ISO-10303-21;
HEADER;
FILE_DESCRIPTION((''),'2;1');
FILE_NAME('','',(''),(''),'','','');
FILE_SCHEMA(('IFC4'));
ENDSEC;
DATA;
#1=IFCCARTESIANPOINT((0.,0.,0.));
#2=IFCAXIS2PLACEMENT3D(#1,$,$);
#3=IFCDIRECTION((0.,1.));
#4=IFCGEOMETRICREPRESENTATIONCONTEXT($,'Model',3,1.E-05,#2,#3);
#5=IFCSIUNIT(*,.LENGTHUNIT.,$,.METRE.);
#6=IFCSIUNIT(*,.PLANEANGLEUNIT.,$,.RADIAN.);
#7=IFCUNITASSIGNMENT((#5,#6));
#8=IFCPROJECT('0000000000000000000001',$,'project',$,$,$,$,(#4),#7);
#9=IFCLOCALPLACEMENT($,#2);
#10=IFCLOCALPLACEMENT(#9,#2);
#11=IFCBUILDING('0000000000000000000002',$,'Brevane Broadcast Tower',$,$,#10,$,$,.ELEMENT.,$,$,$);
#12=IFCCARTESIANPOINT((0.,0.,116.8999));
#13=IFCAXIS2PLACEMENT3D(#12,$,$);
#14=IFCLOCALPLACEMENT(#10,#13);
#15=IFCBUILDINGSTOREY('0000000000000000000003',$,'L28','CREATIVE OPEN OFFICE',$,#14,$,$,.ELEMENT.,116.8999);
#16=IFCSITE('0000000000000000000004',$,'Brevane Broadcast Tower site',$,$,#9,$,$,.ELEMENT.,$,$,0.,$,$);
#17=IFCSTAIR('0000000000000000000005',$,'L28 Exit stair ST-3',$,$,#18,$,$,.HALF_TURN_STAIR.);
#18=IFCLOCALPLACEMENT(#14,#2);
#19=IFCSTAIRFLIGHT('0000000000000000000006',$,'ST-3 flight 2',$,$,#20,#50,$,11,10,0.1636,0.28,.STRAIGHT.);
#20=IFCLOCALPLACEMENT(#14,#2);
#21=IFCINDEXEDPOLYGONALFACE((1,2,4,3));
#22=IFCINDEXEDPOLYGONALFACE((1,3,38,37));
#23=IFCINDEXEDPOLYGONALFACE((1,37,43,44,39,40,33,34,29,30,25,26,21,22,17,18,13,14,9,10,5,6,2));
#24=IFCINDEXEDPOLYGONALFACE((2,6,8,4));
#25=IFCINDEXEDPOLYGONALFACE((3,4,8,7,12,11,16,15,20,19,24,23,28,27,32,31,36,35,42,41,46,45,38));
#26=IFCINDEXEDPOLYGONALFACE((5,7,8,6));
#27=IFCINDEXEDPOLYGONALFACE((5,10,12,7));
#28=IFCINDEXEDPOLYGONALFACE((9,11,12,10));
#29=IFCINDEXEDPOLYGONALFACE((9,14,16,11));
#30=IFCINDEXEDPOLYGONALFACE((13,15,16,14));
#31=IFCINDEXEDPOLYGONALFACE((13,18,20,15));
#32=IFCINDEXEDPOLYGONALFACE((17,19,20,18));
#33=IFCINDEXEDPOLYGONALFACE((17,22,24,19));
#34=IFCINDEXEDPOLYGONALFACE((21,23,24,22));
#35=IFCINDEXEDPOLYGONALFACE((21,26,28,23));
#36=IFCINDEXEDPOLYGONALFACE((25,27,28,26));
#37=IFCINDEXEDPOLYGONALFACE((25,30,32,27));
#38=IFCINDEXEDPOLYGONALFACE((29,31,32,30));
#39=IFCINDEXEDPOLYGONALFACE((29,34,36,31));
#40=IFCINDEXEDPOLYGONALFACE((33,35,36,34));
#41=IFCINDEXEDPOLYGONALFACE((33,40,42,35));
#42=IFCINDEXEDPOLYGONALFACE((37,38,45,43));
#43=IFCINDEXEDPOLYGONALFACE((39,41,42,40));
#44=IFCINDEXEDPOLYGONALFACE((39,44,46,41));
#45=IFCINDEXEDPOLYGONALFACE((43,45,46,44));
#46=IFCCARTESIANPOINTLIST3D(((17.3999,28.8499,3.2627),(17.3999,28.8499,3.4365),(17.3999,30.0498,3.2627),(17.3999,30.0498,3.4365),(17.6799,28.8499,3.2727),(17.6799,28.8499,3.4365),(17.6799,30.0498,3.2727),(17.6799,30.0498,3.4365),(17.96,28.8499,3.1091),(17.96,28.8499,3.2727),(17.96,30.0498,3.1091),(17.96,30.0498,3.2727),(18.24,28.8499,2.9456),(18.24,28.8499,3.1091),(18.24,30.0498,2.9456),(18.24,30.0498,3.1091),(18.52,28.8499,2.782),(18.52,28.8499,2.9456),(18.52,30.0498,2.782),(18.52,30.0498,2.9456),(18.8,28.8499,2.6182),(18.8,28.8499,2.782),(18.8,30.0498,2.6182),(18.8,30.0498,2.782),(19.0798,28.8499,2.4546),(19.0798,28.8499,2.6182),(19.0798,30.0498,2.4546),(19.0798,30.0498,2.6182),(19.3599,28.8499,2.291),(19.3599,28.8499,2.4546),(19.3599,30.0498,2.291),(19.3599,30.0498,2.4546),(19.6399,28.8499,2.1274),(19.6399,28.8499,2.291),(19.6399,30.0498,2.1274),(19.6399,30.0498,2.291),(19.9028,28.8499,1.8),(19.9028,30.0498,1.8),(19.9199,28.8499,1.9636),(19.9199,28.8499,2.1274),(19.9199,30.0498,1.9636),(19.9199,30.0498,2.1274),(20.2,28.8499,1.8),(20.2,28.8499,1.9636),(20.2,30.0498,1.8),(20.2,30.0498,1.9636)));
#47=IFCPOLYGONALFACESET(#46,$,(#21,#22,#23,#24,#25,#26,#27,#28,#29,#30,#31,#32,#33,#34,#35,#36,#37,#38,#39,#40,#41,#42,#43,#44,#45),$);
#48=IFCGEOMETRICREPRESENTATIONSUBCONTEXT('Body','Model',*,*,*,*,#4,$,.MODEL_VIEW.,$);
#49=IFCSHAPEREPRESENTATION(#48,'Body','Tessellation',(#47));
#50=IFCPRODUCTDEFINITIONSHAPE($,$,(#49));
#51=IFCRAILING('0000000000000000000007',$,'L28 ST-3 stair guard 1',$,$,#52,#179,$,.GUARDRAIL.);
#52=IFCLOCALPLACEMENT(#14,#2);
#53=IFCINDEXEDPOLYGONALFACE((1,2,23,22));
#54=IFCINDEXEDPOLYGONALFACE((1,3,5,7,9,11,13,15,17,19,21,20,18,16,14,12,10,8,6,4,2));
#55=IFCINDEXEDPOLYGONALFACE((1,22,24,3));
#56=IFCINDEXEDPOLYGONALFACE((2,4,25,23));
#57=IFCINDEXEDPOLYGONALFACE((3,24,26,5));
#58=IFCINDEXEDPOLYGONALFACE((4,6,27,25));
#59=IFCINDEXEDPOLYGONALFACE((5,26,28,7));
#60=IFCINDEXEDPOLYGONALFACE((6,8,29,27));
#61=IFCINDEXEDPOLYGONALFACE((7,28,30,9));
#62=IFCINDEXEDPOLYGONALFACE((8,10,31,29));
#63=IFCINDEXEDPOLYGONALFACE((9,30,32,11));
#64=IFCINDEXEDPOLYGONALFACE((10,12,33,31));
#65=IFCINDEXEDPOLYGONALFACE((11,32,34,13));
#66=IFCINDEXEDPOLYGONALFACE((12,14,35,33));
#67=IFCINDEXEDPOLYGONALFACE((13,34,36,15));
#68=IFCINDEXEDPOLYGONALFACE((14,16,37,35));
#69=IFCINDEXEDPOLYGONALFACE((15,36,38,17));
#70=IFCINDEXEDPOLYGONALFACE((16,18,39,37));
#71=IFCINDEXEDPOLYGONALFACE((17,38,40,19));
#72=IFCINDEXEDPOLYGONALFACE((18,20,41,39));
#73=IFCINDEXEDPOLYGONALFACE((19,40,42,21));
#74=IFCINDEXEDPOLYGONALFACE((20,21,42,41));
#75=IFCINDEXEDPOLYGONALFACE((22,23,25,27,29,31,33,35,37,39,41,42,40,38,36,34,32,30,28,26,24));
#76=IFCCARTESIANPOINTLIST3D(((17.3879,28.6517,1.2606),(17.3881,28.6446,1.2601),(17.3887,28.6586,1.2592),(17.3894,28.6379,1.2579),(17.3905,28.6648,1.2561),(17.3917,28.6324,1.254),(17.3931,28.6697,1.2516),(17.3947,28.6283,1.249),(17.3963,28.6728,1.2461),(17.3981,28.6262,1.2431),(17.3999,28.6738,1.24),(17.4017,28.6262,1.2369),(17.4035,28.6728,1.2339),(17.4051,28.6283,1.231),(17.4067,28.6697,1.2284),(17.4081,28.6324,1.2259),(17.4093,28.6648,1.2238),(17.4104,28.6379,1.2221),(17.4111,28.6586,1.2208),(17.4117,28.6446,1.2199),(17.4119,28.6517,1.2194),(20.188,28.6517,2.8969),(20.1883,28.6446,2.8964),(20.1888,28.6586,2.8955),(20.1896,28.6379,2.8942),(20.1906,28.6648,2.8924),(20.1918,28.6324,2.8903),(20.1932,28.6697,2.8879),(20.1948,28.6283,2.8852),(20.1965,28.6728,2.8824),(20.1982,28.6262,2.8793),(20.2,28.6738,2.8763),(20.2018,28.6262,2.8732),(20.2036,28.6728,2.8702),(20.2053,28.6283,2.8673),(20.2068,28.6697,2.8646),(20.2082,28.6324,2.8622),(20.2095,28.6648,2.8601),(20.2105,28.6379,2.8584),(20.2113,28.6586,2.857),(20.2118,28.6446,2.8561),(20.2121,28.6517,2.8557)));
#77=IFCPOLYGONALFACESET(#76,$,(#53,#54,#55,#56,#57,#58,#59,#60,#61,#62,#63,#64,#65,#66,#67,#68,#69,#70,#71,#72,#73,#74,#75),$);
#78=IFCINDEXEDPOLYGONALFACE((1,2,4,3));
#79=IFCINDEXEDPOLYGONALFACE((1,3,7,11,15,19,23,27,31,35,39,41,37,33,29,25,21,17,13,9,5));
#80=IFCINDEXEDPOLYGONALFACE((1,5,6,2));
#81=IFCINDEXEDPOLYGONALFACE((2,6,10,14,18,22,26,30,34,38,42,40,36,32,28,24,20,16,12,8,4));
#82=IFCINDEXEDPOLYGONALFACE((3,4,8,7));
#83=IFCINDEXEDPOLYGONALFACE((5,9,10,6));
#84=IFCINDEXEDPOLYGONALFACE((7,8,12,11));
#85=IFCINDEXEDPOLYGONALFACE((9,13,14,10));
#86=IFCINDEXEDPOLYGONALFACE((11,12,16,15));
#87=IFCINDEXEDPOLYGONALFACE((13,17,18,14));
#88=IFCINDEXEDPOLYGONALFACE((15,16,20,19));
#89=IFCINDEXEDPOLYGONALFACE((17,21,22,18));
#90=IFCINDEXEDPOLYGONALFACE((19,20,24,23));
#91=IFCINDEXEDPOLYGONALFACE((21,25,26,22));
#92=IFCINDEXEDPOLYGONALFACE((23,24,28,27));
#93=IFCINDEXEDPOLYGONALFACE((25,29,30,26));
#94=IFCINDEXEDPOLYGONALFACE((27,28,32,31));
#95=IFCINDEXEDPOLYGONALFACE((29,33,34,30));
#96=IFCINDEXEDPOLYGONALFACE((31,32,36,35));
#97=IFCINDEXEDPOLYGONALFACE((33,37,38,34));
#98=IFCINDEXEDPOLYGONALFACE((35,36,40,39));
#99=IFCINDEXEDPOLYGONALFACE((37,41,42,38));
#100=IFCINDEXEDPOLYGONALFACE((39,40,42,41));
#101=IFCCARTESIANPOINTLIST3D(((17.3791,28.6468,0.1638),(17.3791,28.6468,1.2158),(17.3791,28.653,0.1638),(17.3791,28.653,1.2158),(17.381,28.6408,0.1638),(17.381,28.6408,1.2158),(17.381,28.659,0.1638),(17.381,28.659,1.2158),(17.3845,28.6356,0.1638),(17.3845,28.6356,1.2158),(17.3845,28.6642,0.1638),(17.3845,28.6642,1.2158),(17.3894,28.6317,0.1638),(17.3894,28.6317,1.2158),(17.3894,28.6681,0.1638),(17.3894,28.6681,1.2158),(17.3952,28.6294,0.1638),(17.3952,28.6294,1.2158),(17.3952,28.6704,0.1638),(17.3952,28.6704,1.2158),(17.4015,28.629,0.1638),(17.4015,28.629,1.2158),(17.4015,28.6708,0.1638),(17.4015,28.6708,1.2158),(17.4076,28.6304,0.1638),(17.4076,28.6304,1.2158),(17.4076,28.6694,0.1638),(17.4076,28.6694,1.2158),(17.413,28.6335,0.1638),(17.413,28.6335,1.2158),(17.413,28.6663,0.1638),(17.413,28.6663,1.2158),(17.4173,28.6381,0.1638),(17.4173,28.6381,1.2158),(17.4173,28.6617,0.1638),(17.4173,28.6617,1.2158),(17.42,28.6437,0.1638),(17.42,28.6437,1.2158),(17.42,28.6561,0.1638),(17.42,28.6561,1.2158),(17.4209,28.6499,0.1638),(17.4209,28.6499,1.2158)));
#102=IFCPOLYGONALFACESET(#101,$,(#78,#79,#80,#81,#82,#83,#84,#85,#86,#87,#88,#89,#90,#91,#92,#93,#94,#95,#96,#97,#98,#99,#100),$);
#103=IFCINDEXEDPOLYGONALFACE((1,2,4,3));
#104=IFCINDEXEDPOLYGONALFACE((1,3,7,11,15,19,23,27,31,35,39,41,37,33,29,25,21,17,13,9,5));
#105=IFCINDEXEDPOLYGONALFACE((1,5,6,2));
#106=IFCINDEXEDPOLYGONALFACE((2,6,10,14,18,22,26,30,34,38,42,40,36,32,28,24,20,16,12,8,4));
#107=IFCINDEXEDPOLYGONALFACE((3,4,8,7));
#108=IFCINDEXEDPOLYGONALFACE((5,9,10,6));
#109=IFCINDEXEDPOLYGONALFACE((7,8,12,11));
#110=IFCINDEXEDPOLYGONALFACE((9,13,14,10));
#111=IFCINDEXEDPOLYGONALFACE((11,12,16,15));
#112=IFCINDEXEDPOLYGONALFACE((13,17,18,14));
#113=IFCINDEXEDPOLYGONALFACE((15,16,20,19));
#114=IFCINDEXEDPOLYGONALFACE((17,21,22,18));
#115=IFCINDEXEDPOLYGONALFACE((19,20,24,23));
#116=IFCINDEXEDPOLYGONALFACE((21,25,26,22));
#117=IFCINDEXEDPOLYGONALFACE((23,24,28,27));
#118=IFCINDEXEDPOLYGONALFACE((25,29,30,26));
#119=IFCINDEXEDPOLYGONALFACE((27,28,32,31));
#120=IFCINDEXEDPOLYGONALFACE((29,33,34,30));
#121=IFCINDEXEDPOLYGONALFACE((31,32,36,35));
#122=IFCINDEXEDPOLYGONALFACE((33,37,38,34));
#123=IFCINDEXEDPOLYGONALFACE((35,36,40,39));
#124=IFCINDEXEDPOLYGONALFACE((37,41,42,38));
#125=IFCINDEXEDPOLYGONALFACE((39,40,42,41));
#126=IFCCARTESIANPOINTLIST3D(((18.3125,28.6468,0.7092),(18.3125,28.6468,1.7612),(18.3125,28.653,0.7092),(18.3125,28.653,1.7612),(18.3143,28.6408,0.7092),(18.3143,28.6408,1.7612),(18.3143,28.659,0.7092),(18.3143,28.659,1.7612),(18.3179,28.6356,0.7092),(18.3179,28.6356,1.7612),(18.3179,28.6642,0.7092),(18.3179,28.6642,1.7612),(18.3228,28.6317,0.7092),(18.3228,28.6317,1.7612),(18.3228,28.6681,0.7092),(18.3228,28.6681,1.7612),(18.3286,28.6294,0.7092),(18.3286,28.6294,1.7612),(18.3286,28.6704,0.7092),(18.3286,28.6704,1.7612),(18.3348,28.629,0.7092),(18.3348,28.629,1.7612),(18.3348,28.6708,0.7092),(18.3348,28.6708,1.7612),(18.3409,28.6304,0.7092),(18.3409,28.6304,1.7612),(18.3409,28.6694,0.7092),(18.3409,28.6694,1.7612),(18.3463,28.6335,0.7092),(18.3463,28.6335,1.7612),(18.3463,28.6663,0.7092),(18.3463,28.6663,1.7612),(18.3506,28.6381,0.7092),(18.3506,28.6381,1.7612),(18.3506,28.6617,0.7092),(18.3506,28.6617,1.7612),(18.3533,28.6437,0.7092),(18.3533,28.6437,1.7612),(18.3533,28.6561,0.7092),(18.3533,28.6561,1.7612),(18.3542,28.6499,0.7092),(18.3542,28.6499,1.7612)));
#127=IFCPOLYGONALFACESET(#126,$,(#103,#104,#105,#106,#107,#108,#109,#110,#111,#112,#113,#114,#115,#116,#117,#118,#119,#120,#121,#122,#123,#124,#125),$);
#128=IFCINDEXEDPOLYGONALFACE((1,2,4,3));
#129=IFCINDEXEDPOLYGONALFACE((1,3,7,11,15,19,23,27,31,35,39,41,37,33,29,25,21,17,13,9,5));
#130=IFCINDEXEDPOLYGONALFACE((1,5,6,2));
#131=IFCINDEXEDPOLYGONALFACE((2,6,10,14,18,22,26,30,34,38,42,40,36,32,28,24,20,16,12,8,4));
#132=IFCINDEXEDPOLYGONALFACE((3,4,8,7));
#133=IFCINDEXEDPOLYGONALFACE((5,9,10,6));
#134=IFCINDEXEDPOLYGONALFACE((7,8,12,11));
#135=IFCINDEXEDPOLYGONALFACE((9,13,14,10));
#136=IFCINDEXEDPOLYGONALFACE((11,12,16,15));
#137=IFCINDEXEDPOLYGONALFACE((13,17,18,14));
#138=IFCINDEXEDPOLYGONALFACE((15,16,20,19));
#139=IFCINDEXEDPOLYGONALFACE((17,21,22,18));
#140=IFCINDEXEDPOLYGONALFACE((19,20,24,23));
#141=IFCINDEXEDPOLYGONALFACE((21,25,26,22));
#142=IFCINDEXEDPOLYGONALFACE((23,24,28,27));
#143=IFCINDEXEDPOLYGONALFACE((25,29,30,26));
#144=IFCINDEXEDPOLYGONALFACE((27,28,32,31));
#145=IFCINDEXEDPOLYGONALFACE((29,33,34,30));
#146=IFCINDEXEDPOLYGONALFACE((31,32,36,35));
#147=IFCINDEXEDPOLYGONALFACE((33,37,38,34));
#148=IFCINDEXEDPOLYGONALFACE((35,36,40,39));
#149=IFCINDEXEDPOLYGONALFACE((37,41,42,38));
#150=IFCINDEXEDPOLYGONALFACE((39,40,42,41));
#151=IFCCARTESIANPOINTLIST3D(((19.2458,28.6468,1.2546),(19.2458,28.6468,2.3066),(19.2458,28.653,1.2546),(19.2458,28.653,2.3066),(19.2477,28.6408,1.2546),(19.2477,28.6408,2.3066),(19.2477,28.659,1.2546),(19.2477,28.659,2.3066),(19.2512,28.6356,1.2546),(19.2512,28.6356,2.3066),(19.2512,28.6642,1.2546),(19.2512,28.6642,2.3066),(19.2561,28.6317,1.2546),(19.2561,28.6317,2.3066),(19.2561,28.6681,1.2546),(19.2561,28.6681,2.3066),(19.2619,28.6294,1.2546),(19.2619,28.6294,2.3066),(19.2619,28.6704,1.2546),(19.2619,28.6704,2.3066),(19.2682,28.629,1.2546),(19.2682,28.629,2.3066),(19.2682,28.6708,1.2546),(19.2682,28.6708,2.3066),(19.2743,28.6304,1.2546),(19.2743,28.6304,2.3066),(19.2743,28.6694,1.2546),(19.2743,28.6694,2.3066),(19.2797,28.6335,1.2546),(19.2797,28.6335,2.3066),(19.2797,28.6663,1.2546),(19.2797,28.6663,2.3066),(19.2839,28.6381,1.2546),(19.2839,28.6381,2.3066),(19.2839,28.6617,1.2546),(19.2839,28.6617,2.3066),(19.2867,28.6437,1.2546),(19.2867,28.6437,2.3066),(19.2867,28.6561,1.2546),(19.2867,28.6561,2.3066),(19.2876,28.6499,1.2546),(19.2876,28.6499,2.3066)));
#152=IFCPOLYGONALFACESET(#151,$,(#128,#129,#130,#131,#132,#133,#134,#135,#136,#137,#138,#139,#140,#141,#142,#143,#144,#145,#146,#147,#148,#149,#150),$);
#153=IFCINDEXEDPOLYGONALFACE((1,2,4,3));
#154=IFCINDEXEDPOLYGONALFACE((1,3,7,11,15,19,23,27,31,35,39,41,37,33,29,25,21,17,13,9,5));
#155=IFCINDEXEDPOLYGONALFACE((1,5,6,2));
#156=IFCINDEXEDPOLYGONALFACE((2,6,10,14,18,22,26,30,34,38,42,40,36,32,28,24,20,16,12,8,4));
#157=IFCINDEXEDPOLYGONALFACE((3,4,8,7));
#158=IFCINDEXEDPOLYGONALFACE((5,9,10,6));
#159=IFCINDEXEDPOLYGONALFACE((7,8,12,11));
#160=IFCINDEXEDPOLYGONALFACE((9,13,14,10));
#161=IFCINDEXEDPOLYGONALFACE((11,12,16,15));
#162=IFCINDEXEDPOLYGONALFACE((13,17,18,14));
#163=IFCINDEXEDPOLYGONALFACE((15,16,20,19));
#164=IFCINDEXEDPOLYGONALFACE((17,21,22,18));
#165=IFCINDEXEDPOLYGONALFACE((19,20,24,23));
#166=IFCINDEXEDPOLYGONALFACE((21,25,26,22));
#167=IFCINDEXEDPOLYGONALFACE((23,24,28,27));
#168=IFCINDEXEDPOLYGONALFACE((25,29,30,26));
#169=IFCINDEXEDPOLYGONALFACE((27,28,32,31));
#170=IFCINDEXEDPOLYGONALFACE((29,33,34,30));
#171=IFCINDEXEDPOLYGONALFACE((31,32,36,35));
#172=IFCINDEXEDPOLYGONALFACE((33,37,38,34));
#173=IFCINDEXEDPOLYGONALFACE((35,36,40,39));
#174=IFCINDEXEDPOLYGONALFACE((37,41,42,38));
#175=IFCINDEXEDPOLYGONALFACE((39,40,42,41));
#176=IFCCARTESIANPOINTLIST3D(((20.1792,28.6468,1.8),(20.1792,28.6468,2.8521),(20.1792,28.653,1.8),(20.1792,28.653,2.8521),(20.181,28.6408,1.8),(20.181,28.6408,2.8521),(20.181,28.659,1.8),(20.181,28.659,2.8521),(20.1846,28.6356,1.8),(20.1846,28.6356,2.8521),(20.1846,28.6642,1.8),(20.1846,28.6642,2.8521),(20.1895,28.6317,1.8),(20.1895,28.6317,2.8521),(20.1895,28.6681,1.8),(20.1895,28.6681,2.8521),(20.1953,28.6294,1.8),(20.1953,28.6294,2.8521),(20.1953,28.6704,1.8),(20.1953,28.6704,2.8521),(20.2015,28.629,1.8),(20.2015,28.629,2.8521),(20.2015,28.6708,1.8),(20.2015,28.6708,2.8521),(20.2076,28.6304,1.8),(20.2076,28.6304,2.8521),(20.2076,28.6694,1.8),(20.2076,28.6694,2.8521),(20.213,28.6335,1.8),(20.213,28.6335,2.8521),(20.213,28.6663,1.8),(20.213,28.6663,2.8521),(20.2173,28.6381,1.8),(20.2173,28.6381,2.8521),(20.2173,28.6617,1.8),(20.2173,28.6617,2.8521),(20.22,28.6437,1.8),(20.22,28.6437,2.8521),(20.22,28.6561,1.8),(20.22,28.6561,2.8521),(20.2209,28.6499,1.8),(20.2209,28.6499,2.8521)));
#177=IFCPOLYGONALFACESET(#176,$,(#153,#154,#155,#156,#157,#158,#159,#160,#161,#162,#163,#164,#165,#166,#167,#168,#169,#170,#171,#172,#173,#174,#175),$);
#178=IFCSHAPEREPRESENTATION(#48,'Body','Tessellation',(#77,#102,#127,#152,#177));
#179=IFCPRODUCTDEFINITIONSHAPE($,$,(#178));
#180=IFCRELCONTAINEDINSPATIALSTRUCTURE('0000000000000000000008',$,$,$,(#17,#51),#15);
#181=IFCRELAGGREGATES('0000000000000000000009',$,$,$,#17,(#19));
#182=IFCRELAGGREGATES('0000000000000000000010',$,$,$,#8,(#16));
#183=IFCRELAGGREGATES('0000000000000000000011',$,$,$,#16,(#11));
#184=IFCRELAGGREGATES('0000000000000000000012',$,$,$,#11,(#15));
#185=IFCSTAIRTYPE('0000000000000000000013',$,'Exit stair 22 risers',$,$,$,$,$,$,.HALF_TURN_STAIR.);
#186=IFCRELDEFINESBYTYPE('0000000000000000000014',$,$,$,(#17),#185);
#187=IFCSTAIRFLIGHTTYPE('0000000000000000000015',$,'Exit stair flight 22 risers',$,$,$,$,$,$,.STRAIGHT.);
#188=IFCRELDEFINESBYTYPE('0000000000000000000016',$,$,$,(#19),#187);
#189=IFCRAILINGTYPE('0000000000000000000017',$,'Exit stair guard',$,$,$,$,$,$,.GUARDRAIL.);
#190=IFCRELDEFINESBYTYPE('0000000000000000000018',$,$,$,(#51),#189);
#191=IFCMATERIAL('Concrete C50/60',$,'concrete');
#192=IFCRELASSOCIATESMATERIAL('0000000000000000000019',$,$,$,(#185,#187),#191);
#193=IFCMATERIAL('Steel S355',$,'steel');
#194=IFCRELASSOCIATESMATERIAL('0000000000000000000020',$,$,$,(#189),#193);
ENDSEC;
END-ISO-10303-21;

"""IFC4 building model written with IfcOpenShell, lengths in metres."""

from ifc_helpers import new_model, si_unit, direction, frame, origin, origin_2d, place, context, subcontext, project, spatial, polyline, circle, outline, extrude, material, type_object, element, aggregate, save


model = new_model("IFC4")

# Units and contexts
model_context = context("Model", 3, precision=1e-05, world=origin(), true_north=direction((0.0, 1.0)))
body_context = subcontext(model_context, "Body", "Model", "MODEL_VIEW")
ifc_project = project(units=[si_unit("LENGTHUNIT", "METRE"), si_unit("PLANEANGLEUNIT", "RADIAN")], contexts=[model_context])

# Site, building, storey
site_placement = place(None, origin())
site = spatial("IfcSite", under=ifc_project, at=site_placement, Name="Brevane Broadcast Tower site", CompositionType="ELEMENT", RefElevation=0.0)
building_placement = place(site_placement, origin())
building = spatial("IfcBuilding", under=site, at=building_placement, Name="Brevane Broadcast Tower", CompositionType="ELEMENT")
storey_placement = place(building_placement, frame((0.0, 0.0, 116.8999)))
storey = spatial("IfcBuildingStorey", under=building, at=storey_placement, Name="L28", Description="CREATIVE OPEN OFFICE", CompositionType="ELEMENT", Elevation=116.8999)

# Stair, stair flight
ifc_material_1 = material(Name="Concrete C50/60", Category="concrete")
stair_type = type_object("IfcStairType", Name="Exit stair 22 risers", PredefinedType="HALF_TURN_STAIR", material=ifc_material_1)
stair_placement = place(storey_placement, origin())
stair = element("IfcStair", 1, at=stair_placement, inside=storey, type_object=stair_type, Name="L28 Exit stair ST-3", PredefinedType="HALF_TURN_STAIR")
stair_flight_type = type_object("IfcStairFlightType", Name="Exit stair flight 22 risers", PredefinedType="STRAIGHT", material=ifc_material_1)
stair_flight_1_placement = place(storey_placement, frame((20.2, 29.45, 1.8), z_axis=(0.0, 0.0, 1.0), x_axis=(-1.0, 0.0, 0.0)))
stair_flight_1 = element("IfcStairFlight", 2, at=stair_flight_1_placement, type_object=stair_flight_type, Name="ST-3 flight 2", NumberOfRisers=11, NumberOfTreads=10, PredefinedType="STRAIGHT", RiserHeight=0.1636, TreadLength=0.28, context=body_context, shape_type="SweptSolid", body=[
    extrude(outline(polyline([(0.0, 0.0), (0.0, 0.1636), (0.28, 0.1636), (0.28, 0.3274), (0.5601, 0.3274), (0.5601, 0.491), (0.8401, 0.491), (0.8401, 0.6545), (1.1201, 0.6545), (1.1201, 0.8181), (1.3999, 0.8181), (1.3999, 0.9819), (1.6799, 0.9819), (1.6799, 1.1455), (1.96, 1.1455), (1.96, 1.3091), (2.24, 1.3091), (2.24, 1.4727), (2.52, 1.4727), (2.52, 1.6365), (2.8, 1.6365), (2.8, 1.8), (2.8, 1.4626), (0.2971, 0.0), (0.0, 0.0)])), frame((0.0, 0.6001, 0.0), z_axis=(0.0, -1.0, 0.0), x_axis=(1.0, 0.0, 0.0)), (0.0, 0.0, 1.0), 1.2),
])
aggregate(stair, [stair_flight_1])

# Railing
ifc_material_2 = material(Name="Steel S355", Category="steel")
railing_type_1 = type_object("IfcRailingType", Name="Exit stair guard", PredefinedType="GUARDRAIL", material=ifc_material_2)
railing_1_placement = place(storey_placement, frame((17.3999, 28.6499, 0.1638)))
element("IfcRailing", 3, at=railing_1_placement, inside=storey, type_object=railing_type_1, Name="L28 ST-3 stair guard 1", PredefinedType="GUARDRAIL", context=body_context, shape_type="SweptSolid", body=[
    extrude(circle(Radius=0.0239, at=origin_2d()), frame((0.0, 0.0, 1.0762), z_axis=(0.863394, 0.0, 0.504531), x_axis=(0.0, 1.0, 0.0)), (0.0, 0.0, 1.0), 3.2432),
    extrude(circle(Radius=0.021, at=origin_2d()), origin(), (0.0, 0.0, 1.0), 1.052),
    extrude(circle(Radius=0.021, at=origin_2d()), frame((0.9333, 0.0, 0.5454)), (0.0, 0.0, 1.0), 1.052),
    extrude(circle(Radius=0.021, at=origin_2d()), frame((1.8667, 0.0, 1.0908)), (0.0, 0.0, 1.0), 1.052),
    extrude(circle(Radius=0.021, at=origin_2d()), frame((2.8, 0.0, 1.6362)), (0.0, 0.0, 1.0), 1.052),
])

save(model, "model.ifc")
